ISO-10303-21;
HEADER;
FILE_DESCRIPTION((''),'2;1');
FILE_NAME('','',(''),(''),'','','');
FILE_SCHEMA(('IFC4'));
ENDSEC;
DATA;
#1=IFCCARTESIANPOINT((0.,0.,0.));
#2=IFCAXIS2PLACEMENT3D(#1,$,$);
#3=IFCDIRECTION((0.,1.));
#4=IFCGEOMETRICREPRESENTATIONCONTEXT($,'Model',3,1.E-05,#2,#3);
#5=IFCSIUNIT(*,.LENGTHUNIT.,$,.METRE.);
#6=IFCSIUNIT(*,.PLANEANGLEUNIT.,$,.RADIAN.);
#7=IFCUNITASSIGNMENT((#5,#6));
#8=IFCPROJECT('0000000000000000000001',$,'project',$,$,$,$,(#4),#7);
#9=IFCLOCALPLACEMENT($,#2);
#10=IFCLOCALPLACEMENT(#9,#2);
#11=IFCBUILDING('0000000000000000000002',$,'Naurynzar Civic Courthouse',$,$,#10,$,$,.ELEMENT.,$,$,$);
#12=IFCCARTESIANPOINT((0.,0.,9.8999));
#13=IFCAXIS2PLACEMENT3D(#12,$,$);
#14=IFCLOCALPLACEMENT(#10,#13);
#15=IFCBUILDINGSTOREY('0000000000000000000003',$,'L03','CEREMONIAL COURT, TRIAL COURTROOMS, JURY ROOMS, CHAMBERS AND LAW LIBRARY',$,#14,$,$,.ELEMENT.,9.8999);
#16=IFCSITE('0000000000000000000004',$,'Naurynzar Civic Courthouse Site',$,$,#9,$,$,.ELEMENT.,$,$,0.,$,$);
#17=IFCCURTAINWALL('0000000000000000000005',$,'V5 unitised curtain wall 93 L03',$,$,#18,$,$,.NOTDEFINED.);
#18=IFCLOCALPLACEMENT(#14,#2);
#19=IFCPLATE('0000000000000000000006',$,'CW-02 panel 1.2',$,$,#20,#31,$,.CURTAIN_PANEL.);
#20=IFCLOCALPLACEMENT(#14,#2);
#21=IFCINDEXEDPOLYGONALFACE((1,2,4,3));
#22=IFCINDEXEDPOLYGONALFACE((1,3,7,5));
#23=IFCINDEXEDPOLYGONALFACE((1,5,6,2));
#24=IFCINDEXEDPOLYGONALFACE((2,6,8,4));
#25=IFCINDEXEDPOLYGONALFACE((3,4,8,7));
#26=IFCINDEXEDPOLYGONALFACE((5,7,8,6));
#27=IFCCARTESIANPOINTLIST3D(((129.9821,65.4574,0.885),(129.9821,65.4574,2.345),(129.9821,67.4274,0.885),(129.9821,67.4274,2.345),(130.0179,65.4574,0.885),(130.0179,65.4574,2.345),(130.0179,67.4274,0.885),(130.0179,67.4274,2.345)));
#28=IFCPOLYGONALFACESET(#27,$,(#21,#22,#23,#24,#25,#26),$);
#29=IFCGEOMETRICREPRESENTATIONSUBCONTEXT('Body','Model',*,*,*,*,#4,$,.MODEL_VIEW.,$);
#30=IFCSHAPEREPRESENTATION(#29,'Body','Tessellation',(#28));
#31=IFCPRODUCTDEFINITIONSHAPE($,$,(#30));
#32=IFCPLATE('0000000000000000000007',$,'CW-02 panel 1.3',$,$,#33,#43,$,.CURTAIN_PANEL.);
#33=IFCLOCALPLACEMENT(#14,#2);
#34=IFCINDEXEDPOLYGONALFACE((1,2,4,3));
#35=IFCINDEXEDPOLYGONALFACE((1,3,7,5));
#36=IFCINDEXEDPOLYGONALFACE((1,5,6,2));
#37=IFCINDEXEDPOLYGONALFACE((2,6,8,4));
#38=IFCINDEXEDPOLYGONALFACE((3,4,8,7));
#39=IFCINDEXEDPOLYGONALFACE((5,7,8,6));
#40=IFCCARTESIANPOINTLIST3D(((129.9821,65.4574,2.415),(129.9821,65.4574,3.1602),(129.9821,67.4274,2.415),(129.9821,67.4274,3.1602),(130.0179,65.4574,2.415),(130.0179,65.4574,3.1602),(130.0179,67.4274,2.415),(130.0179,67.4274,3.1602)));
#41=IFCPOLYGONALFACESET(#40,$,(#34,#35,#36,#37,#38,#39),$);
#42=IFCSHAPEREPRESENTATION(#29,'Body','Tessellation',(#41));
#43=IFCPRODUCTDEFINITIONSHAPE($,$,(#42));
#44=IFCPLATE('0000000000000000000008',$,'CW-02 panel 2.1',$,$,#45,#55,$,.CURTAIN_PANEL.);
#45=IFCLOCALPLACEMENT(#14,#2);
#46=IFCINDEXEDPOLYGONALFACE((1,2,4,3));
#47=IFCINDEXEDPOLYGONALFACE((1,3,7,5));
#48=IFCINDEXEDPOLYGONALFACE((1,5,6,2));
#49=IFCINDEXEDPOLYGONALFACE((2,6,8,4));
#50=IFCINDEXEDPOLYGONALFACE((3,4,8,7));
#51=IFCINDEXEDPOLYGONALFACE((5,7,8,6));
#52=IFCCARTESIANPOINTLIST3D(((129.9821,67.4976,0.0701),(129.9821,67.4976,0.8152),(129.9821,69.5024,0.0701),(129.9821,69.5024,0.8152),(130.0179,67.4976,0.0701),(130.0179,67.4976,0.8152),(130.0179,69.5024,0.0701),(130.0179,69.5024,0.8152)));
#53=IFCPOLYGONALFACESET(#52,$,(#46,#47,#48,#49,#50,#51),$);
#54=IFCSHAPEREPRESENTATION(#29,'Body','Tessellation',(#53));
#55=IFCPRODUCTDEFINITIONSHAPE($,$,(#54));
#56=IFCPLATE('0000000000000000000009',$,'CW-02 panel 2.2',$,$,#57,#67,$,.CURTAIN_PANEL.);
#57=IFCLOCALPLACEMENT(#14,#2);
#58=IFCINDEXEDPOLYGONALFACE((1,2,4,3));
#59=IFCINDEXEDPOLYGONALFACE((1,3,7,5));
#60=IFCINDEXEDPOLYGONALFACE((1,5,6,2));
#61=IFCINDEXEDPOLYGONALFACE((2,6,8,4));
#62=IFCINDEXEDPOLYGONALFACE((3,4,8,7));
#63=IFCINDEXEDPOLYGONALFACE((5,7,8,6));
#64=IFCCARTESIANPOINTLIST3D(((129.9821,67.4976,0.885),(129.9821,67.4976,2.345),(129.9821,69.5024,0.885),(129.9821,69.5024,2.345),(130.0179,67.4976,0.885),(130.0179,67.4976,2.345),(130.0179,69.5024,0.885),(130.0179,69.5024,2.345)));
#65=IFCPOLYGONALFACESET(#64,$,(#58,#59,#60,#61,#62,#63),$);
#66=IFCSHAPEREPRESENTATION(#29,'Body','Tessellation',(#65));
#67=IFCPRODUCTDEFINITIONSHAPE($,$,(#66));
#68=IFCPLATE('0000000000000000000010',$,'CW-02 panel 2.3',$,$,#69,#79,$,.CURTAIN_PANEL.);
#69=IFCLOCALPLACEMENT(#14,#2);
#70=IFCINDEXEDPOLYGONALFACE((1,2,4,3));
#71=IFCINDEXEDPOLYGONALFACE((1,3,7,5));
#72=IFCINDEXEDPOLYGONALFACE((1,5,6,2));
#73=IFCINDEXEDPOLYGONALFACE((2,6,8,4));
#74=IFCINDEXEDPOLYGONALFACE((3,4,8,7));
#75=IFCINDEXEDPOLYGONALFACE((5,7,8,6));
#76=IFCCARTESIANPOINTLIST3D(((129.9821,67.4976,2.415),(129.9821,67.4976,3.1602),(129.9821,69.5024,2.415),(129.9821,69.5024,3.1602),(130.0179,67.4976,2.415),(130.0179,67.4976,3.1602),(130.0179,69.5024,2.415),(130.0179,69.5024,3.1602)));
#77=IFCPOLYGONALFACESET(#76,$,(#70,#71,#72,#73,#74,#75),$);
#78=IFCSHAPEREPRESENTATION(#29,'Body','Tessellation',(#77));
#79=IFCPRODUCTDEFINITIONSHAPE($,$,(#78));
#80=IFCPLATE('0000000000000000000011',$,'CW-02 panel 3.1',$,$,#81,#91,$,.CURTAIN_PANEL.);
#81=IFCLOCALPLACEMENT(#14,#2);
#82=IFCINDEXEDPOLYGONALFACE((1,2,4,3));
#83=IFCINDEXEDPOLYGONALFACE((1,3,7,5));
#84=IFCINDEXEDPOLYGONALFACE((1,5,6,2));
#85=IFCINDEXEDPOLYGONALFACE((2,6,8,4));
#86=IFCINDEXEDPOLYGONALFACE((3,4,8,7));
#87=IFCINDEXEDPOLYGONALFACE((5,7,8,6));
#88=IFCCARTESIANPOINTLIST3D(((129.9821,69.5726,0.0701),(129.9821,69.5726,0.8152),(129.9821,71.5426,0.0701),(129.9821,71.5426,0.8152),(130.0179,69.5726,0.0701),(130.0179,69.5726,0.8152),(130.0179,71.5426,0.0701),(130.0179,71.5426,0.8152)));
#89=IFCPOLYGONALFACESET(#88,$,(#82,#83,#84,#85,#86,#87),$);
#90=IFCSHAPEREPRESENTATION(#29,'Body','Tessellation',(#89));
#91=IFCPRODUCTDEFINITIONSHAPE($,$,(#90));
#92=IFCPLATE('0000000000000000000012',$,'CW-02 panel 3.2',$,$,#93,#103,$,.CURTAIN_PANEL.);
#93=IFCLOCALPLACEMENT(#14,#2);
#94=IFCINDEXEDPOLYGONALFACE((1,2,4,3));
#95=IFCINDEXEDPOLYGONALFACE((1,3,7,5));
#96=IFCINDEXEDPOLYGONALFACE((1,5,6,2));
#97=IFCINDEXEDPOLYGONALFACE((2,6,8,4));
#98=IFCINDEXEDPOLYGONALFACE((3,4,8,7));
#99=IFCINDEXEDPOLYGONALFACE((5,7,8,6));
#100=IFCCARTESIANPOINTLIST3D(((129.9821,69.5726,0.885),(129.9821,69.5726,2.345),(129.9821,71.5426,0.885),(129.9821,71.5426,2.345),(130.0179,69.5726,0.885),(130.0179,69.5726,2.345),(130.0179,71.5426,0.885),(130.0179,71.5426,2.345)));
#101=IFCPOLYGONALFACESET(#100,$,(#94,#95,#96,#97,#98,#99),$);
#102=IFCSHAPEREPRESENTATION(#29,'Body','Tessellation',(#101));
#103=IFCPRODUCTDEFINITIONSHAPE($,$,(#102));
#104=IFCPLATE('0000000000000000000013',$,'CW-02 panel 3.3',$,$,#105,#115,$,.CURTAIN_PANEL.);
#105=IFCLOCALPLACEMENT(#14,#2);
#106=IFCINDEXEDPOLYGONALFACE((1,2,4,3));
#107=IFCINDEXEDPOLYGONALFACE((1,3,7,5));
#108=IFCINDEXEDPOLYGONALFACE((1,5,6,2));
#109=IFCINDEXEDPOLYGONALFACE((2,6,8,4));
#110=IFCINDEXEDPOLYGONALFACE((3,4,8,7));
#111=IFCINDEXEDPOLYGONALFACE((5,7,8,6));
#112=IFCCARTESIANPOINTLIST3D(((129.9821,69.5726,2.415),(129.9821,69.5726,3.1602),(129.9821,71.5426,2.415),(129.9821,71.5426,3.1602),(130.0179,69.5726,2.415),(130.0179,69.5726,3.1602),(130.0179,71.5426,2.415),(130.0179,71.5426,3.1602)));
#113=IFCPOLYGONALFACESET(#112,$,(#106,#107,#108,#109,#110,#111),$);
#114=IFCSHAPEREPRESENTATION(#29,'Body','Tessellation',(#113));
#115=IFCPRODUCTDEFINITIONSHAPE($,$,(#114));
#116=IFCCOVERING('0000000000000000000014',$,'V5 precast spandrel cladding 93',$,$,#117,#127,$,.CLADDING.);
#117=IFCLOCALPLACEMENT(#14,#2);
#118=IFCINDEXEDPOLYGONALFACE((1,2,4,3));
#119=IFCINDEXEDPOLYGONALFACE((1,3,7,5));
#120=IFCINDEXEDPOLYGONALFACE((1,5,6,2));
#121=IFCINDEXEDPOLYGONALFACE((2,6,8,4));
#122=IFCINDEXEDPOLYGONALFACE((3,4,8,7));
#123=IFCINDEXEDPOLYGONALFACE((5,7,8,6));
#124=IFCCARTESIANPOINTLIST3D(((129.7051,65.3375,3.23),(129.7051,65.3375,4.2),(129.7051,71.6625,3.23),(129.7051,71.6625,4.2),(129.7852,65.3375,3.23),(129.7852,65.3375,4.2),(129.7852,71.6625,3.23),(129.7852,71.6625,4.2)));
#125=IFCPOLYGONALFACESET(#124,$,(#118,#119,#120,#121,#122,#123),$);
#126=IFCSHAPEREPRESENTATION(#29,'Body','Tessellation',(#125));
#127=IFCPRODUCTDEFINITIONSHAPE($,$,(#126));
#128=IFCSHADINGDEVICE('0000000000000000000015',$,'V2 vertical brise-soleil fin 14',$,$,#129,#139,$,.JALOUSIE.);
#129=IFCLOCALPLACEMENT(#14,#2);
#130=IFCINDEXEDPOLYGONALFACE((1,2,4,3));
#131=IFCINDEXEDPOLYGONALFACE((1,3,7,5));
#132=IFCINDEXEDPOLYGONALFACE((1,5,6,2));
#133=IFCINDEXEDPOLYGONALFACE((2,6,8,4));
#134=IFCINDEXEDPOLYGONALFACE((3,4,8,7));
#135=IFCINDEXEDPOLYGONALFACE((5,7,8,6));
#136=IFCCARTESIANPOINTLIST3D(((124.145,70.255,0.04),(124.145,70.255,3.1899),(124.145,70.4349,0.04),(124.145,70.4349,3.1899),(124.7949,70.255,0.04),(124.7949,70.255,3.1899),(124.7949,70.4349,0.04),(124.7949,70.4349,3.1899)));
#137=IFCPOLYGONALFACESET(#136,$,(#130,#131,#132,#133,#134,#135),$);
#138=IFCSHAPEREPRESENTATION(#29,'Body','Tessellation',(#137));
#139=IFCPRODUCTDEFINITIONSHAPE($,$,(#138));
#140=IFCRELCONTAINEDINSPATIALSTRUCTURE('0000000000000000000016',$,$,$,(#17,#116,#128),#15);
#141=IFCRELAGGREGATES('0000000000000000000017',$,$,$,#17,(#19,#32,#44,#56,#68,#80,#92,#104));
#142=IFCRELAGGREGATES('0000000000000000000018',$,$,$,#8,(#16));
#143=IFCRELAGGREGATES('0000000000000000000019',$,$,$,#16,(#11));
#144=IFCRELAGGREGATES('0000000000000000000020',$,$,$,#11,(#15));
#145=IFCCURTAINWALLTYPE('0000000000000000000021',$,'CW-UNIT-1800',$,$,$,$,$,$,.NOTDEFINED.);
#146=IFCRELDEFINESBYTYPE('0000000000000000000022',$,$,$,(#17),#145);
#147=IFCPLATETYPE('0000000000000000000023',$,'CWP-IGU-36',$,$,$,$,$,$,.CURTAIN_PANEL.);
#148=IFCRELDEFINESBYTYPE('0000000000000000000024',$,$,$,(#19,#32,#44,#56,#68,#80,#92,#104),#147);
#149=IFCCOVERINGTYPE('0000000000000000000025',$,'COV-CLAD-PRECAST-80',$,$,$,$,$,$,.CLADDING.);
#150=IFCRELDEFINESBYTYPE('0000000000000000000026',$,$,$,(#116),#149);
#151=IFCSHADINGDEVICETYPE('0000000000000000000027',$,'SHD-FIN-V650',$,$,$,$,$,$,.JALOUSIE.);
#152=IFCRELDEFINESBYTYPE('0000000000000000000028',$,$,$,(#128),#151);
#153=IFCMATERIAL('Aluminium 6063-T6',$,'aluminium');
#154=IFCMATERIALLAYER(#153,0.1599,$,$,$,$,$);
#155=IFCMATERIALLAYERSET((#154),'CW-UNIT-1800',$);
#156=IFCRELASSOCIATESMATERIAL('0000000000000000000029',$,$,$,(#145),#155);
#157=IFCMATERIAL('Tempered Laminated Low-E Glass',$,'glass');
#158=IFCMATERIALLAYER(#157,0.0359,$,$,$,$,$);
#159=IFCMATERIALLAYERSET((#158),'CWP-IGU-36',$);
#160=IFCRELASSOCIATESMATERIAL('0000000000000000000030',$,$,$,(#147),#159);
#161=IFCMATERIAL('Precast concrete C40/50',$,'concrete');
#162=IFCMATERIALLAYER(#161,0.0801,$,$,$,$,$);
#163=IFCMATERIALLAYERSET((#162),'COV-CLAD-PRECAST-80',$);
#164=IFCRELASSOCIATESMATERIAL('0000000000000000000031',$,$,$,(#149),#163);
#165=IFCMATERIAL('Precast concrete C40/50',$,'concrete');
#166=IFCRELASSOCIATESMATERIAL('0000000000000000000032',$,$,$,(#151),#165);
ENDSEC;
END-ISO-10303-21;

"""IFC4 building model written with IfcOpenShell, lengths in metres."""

from ifc_helpers import new_model, si_unit, direction, frame, origin, origin_2d, place, context, subcontext, project, spatial, rectangle, extrude, material, layer, layer_set, type_object, element, aggregate, save


model = new_model("IFC4")

# Units and contexts
model_context = context("Model", 3, precision=1e-05, world=origin(), true_north=direction((0.0, 1.0)))
body_context = subcontext(model_context, "Body", "Model", "MODEL_VIEW")
ifc_project = project(units=[si_unit("LENGTHUNIT", "METRE"), si_unit("PLANEANGLEUNIT", "RADIAN")], contexts=[model_context])

# Site, building, storey
site_placement = place(None, origin())
site = spatial("IfcSite", under=ifc_project, at=site_placement, Name="Naurynzar Civic Courthouse Site", CompositionType="ELEMENT", RefElevation=0.0)
building_placement = place(site_placement, origin())
building = spatial("IfcBuilding", under=site, at=building_placement, Name="Naurynzar Civic Courthouse", CompositionType="ELEMENT")
storey_placement = place(building_placement, frame((0.0, 0.0, 9.8999)))
storey = spatial("IfcBuildingStorey", under=building, at=storey_placement, Name="L03", Description="CEREMONIAL COURT, TRIAL COURTROOMS, JURY ROOMS, CHAMBERS AND LAW LIBRARY", CompositionType="ELEMENT", Elevation=9.8999)

# Curtain wall
ifc_material_1 = material(Name="Aluminium 6063-T6", Category="aluminium")
ifc_layer_1 = layer(ifc_material_1, 0.1599)
ifc_layer_set_1 = layer_set([ifc_layer_1], Name="CW-UNIT-1800")
curtain_wall_type_1 = type_object("IfcCurtainWallType", Name="CW-UNIT-1800", PredefinedType="NOTDEFINED", material=ifc_layer_set_1)
curtain_wall_1_placement = place(storey_placement, origin())
curtain_wall_1 = element("IfcCurtainWall", 1, at=curtain_wall_1_placement, inside=storey, type_object=curtain_wall_type_1, Name="V5 unitised curtain wall 93 L03", PredefinedType="NOTDEFINED")

# Plates
ifc_material_2 = material(Name="Tempered Laminated Low-E Glass", Category="glass")
ifc_layer_2 = layer(ifc_material_2, 0.0359)
ifc_layer_set_2 = layer_set([ifc_layer_2], Name="CWP-IGU-36")
plate_type_1 = type_object("IfcPlateType", Name="CWP-IGU-36", PredefinedType="CURTAIN_PANEL", material=ifc_layer_set_2)
plate_1_placement = place(storey_placement, frame((130.0, 66.4424, 0.885), z_axis=(0.0, 0.0, 1.0), x_axis=(0.0, 1.0, 0.0)))
plate_1 = element("IfcPlate", 2, at=plate_1_placement, type_object=plate_type_1, Name="CW-02 panel 1.2", PredefinedType="CURTAIN_PANEL", context=body_context, shape_type="SweptSolid", body=[
    extrude(rectangle(XDim=1.97, YDim=0.0359, at=origin_2d()), origin(), (0.0, 0.0, 1.0), 1.46),
])
plate_2_placement = place(storey_placement, frame((130.0, 66.4424, 2.415), z_axis=(0.0, 0.0, 1.0), x_axis=(0.0, 1.0, 0.0)))
plate_2 = element("IfcPlate", 3, at=plate_2_placement, type_object=plate_type_1, Name="CW-02 panel 1.3", PredefinedType="CURTAIN_PANEL", context=body_context, shape_type="SweptSolid", body=[
    extrude(rectangle(XDim=1.97, YDim=0.0359, at=origin_2d()), origin(), (0.0, 0.0, 1.0), 0.7451),
])
plate_3_placement = place(storey_placement, frame((130.0, 68.5, 0.0701), z_axis=(0.0, 0.0, 1.0), x_axis=(0.0, 1.0, 0.0)))
plate_3 = element("IfcPlate", 4, at=plate_3_placement, type_object=plate_type_1, Name="CW-02 panel 2.1", PredefinedType="CURTAIN_PANEL", context=body_context, shape_type="SweptSolid", body=[
    extrude(rectangle(XDim=2.0049, YDim=0.0359, at=origin_2d()), origin(), (0.0, 0.0, 1.0), 0.7451),
])
plate_4_placement = place(storey_placement, frame((130.0, 68.5, 0.885), z_axis=(0.0, 0.0, 1.0), x_axis=(0.0, 1.0, 0.0)))
plate_4 = element("IfcPlate", 5, at=plate_4_placement, type_object=plate_type_1, Name="CW-02 panel 2.2", PredefinedType="CURTAIN_PANEL", context=body_context, shape_type="SweptSolid", body=[
    extrude(rectangle(XDim=2.0049, YDim=0.0359, at=origin_2d()), origin(), (0.0, 0.0, 1.0), 1.46),
])
plate_5_placement = place(storey_placement, frame((130.0, 68.5, 2.415), z_axis=(0.0, 0.0, 1.0), x_axis=(0.0, 1.0, 0.0)))
plate_5 = element("IfcPlate", 6, at=plate_5_placement, type_object=plate_type_1, Name="CW-02 panel 2.3", PredefinedType="CURTAIN_PANEL", context=body_context, shape_type="SweptSolid", body=[
    extrude(rectangle(XDim=2.0049, YDim=0.0359, at=origin_2d()), origin(), (0.0, 0.0, 1.0), 0.7451),
])
plate_6_placement = place(storey_placement, frame((130.0, 70.5576, 0.0701), z_axis=(0.0, 0.0, 1.0), x_axis=(0.0, 1.0, 0.0)))
plate_6 = element("IfcPlate", 7, at=plate_6_placement, type_object=plate_type_1, Name="CW-02 panel 3.1", PredefinedType="CURTAIN_PANEL", context=body_context, shape_type="SweptSolid", body=[
    extrude(rectangle(XDim=1.97, YDim=0.0359, at=origin_2d()), origin(), (0.0, 0.0, 1.0), 0.7451),
])
plate_7_placement = place(storey_placement, frame((130.0, 70.5576, 0.885), z_axis=(0.0, 0.0, 1.0), x_axis=(0.0, 1.0, 0.0)))
plate_7 = element("IfcPlate", 8, at=plate_7_placement, type_object=plate_type_1, Name="CW-02 panel 3.2", PredefinedType="CURTAIN_PANEL", context=body_context, shape_type="SweptSolid", body=[
    extrude(rectangle(XDim=1.97, YDim=0.0359, at=origin_2d()), origin(), (0.0, 0.0, 1.0), 1.46),
])
plate_8_placement = place(storey_placement, frame((130.0, 70.5576, 2.415), z_axis=(0.0, 0.0, 1.0), x_axis=(0.0, 1.0, 0.0)))
plate_8 = element("IfcPlate", 9, at=plate_8_placement, type_object=plate_type_1, Name="CW-02 panel 3.3", PredefinedType="CURTAIN_PANEL", context=body_context, shape_type="SweptSolid", body=[
    extrude(rectangle(XDim=1.97, YDim=0.0359, at=origin_2d()), origin(), (0.0, 0.0, 1.0), 0.7451),
])
aggregate(curtain_wall_1, [plate_1, plate_2, plate_3, plate_4, plate_5, plate_6, plate_7, plate_8])

# Covering
ifc_material_3 = material(Name="Precast concrete C40/50", Category="concrete")
ifc_layer_3 = layer(ifc_material_3, 0.0801)
ifc_layer_set_3 = layer_set([ifc_layer_3], Name="COV-CLAD-PRECAST-80")
covering_type = type_object("IfcCoveringType", Name="COV-CLAD-PRECAST-80", PredefinedType="CLADDING", material=ifc_layer_set_3)
covering_placement = place(storey_placement, frame((129.7451, 68.5, 3.23), z_axis=(0.0, 0.0, 1.0), x_axis=(0.0, 1.0, 0.0)))
element("IfcCovering", 10, at=covering_placement, inside=storey, type_object=covering_type, Name="V5 precast spandrel cladding 93", PredefinedType="CLADDING", context=body_context, shape_type="SweptSolid", body=[
    extrude(rectangle(XDim=6.325, YDim=0.0801, at=origin_2d()), origin(), (0.0, 0.0, 1.0), 0.97),
])

# Shading device
ifc_material_4 = material(Name="Precast concrete C40/50", Category="concrete")
shading_device_type = type_object("IfcShadingDeviceType", Name="SHD-FIN-V650", PredefinedType="JALOUSIE", material=ifc_material_4)
shading_device_placement = place(storey_placement, frame((124.47, 70.345, 0.04), z_axis=(0.0, 0.0, 1.0), x_axis=(0.0, -1.0, 0.0)))
element("IfcShadingDevice", 11, at=shading_device_placement, inside=storey, type_object=shading_device_type, Name="V2 vertical brise-soleil fin 14", PredefinedType="JALOUSIE", context=body_context, shape_type="SweptSolid", body=[
    extrude(rectangle(XDim=0.1799, YDim=0.6499, at=origin_2d()), origin(), (0.0, 0.0, 1.0), 3.1499),
])

save(model, "model.ifc")
